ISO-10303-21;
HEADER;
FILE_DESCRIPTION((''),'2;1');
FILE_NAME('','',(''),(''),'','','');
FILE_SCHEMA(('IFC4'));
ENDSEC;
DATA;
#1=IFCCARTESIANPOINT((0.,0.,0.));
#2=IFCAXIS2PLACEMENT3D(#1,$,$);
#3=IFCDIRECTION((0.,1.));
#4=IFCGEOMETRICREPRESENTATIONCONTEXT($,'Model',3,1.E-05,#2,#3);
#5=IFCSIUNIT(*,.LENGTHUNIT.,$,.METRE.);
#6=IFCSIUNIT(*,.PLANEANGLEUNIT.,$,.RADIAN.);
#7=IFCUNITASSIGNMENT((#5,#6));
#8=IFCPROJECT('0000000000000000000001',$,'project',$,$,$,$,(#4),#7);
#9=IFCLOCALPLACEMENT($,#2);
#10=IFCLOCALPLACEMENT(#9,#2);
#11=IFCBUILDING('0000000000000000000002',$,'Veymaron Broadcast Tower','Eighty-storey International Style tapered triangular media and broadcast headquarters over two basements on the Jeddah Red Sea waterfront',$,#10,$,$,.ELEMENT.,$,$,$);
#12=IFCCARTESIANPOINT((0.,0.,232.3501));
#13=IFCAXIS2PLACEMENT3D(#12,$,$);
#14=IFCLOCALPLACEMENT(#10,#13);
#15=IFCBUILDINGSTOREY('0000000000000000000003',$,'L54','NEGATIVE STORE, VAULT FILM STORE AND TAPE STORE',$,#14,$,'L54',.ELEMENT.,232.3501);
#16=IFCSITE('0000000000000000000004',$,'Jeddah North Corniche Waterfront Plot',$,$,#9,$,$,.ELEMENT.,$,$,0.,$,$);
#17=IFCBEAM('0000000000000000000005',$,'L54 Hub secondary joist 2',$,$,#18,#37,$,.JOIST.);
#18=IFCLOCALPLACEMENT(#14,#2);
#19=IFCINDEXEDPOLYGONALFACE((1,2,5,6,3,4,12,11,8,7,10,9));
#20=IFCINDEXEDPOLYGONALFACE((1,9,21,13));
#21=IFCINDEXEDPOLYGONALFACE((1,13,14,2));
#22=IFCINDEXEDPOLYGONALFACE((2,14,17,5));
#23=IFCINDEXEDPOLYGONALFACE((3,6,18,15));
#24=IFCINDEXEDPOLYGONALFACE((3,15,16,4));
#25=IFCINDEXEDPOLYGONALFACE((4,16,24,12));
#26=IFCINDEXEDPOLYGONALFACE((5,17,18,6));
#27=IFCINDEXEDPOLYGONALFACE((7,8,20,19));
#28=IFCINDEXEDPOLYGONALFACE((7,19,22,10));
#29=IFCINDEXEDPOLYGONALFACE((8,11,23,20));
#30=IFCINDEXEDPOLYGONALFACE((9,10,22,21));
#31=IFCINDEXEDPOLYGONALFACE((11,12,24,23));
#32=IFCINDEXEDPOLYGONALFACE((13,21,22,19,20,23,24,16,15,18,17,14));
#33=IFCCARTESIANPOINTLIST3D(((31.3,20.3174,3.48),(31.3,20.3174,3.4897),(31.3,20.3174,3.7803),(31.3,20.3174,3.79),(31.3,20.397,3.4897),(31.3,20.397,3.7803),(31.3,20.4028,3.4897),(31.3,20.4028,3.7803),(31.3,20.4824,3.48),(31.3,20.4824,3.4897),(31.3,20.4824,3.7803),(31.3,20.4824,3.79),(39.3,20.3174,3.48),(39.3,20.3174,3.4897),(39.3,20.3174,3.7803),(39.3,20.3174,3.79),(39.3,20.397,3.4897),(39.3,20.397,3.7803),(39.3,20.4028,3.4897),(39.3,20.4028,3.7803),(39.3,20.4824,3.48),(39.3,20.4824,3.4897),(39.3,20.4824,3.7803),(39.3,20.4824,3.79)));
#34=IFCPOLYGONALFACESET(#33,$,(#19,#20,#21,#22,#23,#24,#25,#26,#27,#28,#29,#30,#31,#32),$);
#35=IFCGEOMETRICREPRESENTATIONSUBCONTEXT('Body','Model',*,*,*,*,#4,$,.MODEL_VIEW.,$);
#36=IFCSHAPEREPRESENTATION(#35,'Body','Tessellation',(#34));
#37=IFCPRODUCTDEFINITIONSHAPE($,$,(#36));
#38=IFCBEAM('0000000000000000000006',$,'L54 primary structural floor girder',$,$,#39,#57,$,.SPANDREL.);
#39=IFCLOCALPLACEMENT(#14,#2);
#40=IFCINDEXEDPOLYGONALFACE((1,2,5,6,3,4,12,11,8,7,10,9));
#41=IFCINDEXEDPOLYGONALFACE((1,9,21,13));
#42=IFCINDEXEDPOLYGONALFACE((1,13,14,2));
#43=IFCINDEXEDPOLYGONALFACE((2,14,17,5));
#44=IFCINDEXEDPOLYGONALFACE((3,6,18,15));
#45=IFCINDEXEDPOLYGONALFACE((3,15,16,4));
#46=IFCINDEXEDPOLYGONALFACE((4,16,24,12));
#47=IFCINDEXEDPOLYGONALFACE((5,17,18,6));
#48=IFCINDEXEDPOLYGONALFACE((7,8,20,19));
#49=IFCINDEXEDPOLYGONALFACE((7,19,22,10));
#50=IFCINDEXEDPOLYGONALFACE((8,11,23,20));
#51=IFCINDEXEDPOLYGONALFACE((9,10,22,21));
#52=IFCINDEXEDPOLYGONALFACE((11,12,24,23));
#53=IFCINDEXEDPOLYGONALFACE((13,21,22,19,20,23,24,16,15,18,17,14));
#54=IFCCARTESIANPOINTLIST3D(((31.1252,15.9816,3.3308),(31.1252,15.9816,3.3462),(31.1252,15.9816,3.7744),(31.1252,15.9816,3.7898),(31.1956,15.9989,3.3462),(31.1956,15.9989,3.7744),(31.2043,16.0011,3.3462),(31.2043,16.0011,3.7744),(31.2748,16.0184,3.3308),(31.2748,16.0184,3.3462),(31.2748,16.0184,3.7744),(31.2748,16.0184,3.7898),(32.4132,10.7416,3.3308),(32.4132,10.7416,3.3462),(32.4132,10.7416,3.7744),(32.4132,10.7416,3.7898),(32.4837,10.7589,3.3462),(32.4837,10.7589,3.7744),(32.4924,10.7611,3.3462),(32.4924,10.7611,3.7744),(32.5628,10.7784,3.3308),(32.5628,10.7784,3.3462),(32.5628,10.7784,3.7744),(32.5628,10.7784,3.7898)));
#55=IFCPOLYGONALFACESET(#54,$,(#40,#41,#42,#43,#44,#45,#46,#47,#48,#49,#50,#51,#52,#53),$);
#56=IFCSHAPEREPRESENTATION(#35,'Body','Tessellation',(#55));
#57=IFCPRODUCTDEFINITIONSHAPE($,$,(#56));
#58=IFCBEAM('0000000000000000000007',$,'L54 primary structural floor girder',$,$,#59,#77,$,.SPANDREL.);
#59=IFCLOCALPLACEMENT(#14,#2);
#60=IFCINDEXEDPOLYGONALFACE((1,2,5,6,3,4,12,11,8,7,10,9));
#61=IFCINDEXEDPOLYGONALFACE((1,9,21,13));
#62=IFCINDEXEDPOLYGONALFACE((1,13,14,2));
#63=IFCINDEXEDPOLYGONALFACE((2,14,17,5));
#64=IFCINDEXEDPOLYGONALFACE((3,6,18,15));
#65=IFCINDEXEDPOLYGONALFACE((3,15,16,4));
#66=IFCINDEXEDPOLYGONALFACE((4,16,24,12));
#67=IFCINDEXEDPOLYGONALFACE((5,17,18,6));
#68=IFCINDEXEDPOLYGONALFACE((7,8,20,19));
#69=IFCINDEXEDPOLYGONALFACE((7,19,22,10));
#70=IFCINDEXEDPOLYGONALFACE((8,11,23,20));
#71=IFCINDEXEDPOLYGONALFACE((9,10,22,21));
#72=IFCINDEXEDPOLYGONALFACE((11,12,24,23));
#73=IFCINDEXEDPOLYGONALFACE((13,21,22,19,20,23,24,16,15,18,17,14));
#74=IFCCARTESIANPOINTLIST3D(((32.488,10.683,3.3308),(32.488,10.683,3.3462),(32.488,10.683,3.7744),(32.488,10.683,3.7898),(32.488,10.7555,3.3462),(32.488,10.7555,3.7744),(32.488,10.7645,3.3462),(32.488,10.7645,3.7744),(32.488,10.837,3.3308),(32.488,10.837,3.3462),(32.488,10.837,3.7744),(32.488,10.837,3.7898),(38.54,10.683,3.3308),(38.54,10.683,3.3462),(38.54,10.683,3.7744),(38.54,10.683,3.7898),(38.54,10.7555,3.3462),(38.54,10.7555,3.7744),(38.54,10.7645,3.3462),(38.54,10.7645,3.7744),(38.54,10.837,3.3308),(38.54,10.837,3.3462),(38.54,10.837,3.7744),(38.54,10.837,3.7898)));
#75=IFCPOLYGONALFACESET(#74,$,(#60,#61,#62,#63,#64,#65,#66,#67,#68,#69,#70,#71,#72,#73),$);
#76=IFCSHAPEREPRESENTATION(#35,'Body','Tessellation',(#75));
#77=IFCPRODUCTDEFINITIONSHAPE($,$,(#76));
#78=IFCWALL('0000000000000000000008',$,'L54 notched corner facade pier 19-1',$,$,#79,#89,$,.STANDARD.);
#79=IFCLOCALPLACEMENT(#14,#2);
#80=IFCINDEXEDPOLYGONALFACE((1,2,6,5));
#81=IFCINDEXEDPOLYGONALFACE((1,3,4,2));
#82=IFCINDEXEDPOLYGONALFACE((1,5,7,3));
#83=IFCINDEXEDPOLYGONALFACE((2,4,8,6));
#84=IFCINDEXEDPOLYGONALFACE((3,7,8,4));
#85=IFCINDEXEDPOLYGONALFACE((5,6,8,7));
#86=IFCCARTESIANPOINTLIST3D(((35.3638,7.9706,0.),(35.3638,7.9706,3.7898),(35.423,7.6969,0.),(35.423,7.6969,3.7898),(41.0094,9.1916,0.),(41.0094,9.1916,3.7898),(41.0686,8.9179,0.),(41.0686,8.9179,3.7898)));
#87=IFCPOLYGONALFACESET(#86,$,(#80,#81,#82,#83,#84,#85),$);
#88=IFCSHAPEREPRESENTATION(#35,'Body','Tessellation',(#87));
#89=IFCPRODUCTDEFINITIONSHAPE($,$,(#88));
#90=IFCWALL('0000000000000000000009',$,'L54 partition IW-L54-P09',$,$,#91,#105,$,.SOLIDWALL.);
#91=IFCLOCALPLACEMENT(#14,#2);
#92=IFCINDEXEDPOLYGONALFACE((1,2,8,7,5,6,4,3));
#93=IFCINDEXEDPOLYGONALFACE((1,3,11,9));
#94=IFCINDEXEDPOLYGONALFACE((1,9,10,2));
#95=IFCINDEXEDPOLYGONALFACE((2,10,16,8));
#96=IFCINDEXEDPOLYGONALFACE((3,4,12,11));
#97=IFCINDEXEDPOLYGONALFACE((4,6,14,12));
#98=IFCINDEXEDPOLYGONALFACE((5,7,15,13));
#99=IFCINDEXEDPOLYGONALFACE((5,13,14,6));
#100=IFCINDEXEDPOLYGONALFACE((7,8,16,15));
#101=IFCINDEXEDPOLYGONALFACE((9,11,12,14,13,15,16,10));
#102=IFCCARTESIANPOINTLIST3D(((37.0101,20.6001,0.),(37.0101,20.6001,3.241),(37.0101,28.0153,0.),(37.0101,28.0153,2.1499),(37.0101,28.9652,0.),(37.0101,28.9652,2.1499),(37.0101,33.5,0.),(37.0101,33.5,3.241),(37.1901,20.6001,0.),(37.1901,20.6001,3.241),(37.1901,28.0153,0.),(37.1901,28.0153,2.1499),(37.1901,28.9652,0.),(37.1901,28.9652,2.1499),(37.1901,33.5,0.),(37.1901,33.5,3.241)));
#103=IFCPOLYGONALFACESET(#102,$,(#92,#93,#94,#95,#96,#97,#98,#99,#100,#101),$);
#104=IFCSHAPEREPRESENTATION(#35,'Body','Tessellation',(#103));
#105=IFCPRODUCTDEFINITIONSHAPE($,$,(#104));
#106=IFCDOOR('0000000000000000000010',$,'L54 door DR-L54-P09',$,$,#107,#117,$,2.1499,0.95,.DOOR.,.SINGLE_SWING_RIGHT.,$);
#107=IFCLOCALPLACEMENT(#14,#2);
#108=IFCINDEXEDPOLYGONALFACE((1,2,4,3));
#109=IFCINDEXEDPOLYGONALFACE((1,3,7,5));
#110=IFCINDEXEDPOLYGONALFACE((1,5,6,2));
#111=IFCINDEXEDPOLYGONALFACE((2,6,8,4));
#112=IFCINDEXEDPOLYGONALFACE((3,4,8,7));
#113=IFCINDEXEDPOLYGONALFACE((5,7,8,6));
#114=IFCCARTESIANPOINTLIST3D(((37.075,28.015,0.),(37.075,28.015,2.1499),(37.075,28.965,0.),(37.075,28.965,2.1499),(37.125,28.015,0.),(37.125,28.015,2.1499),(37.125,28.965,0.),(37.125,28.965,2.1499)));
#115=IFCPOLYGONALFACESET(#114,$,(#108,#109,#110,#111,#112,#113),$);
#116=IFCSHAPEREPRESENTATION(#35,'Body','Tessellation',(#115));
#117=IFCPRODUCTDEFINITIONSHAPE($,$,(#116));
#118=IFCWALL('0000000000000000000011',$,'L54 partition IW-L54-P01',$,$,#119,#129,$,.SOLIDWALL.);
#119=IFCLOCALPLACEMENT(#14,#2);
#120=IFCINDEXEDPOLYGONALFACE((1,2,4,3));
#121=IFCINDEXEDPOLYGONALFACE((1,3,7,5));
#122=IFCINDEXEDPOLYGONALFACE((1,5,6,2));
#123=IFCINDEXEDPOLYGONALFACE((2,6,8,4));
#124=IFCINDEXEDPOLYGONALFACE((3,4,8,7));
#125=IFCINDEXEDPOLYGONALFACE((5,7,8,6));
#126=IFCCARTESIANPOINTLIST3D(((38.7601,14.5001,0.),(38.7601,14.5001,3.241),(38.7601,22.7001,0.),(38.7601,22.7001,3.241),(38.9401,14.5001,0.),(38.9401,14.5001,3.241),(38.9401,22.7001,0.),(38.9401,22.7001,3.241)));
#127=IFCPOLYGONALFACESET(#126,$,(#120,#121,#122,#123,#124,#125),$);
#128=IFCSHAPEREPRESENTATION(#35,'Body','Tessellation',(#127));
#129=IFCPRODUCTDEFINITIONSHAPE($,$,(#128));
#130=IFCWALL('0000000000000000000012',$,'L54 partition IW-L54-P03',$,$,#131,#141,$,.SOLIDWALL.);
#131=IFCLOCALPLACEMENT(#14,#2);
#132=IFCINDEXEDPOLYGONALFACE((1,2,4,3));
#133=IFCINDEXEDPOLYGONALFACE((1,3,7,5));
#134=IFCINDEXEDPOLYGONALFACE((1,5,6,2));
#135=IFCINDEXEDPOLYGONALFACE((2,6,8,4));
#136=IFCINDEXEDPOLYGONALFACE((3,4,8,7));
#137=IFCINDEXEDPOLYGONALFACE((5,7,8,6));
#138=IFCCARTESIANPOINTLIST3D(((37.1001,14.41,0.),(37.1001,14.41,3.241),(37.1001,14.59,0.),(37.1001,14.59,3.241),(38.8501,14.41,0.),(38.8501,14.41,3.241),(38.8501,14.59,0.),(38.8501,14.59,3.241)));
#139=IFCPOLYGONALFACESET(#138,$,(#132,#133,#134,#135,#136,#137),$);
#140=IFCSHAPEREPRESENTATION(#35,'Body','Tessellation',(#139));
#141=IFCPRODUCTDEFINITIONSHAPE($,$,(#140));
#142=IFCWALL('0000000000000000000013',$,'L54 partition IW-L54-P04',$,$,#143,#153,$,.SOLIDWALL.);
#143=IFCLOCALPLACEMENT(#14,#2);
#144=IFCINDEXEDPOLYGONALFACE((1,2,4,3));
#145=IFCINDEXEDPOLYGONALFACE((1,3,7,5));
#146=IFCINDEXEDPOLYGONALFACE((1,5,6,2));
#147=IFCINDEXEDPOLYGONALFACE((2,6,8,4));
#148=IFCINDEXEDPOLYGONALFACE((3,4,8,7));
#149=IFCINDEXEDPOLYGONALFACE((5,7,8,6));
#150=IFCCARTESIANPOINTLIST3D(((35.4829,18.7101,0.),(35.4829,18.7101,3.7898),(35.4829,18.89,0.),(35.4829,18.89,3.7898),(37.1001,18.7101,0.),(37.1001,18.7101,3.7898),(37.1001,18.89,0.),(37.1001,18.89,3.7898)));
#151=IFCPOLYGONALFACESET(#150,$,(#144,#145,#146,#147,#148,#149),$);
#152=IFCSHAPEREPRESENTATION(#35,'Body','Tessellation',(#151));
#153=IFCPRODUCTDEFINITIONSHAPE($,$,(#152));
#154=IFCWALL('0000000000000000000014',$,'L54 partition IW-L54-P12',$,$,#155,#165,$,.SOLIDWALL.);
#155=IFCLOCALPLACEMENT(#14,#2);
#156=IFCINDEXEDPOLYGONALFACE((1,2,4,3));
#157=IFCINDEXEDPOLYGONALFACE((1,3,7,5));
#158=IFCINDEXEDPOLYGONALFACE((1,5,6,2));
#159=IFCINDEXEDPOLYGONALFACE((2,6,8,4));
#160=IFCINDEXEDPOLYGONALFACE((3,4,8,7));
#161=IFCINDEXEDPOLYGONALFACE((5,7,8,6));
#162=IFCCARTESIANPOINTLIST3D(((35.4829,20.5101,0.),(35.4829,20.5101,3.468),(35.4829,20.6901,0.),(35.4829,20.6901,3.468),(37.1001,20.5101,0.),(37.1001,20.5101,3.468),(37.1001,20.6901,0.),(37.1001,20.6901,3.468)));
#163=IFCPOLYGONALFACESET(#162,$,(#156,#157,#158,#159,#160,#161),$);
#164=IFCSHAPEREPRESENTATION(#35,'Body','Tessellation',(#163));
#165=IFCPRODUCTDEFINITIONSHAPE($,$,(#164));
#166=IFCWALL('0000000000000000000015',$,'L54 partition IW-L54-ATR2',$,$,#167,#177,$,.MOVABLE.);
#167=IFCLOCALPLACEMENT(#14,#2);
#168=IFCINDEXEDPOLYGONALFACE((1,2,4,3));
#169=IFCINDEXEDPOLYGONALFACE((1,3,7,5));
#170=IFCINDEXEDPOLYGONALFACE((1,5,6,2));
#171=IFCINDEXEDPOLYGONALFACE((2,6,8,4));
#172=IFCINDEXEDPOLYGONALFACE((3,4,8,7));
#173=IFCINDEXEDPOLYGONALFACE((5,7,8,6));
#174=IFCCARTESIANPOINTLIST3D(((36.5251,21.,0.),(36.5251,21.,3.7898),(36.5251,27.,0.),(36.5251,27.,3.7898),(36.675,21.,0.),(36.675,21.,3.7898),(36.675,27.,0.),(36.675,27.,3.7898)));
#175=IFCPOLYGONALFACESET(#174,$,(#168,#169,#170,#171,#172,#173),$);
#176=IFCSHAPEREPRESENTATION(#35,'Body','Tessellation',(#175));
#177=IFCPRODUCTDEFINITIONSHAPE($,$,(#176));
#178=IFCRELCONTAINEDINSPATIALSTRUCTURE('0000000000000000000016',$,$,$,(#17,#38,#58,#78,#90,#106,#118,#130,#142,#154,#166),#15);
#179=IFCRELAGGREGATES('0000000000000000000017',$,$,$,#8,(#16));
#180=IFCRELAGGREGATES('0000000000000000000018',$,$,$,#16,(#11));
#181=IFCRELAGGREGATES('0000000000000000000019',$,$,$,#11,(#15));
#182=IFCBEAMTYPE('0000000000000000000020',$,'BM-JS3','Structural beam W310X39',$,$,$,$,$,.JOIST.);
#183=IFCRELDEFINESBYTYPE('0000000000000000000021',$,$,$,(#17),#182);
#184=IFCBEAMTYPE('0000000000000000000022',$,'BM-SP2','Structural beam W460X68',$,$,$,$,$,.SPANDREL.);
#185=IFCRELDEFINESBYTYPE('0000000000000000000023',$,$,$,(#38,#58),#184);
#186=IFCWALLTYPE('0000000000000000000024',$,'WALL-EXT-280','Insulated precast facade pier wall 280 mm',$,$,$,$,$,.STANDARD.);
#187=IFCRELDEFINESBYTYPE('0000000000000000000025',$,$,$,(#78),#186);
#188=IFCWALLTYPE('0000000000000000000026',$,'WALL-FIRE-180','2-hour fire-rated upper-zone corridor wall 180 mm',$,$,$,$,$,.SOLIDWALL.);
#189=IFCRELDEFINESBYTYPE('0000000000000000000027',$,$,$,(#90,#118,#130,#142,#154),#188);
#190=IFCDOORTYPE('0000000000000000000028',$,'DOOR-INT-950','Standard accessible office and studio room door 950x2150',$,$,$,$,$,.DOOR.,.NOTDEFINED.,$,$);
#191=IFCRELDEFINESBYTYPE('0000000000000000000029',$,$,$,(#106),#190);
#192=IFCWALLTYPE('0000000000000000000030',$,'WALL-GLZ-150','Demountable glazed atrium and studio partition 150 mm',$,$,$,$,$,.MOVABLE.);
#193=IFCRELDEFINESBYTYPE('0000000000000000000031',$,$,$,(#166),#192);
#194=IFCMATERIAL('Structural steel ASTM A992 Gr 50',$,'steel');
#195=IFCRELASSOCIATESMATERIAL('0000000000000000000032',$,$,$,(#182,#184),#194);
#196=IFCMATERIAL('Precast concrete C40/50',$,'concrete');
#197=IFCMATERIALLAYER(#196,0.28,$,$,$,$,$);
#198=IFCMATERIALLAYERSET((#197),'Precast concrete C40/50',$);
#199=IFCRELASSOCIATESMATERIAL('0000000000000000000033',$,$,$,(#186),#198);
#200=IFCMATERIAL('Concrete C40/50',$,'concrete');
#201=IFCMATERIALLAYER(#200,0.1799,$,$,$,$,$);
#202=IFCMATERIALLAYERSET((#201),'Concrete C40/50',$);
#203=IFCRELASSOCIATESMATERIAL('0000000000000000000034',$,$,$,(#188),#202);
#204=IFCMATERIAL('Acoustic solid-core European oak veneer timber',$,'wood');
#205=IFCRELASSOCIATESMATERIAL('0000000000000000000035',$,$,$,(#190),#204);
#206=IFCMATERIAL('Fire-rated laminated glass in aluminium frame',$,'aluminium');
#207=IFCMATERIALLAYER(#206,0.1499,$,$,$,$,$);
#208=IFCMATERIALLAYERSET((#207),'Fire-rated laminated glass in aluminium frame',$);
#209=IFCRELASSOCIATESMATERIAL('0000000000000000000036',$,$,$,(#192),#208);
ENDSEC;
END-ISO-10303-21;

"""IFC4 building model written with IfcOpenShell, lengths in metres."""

from ifc_helpers import new_model, si_unit, direction, frame, frame_2d, origin, origin_2d, place, context, subcontext, project, spatial, rectangle, i_section, extrude, material, layer, layer_set, material_profile, profile_set, type_object, element, fill, save


model = new_model("IFC4")

# Units and contexts
model_context = context("Model", 3, precision=1e-05, world=origin(), true_north=direction((0.0, 1.0)))
body_context = subcontext(model_context, "Body", "Model", "MODEL_VIEW")
ifc_project = project(units=[si_unit("LENGTHUNIT", "METRE"), si_unit("PLANEANGLEUNIT", "RADIAN")], contexts=[model_context])

# Site, building, storey
site_placement = place(None, origin())
site = spatial("IfcSite", under=ifc_project, at=site_placement, Name="Jeddah North Corniche Waterfront Plot", CompositionType="ELEMENT", RefElevation=0.0)
building_placement = place(site_placement, origin())
building = spatial("IfcBuilding", under=site, at=building_placement, Name="Veymaron Broadcast Tower", Description="Eighty-storey International Style tapered triangular media and broadcast headquarters over two basements on the Jeddah Red Sea waterfront", CompositionType="ELEMENT")
storey_placement = place(building_placement, frame((0.0, 0.0, 232.3501)))
storey = spatial("IfcBuildingStorey", under=building, at=storey_placement, Name="L54", Description="NEGATIVE STORE, VAULT FILM STORE AND TAPE STORE", LongName="L54", CompositionType="ELEMENT", Elevation=232.3501)

# Shared definitions
ifc_material_1 = material(Name="Structural steel ASTM A992 Gr 50", Category="steel")

# Beams
ifc_material_profile_1 = material_profile(ifc_material_1, i_section(OverallWidth=0.165, OverallDepth=0.3101, WebThickness=0.0059, FlangeThickness=0.0098, at=origin_2d()), Name="W310X39")
ifc_profile_set_1 = profile_set([ifc_material_profile_1], Name="Structural steel ASTM A992 Gr 50")
beam_type_1 = type_object("IfcBeamType", Name="BM-JS3", Description="Structural beam W310X39", PredefinedType="JOIST", material=ifc_profile_set_1)
for number, where, z_axis, x_axis, name in (
    (1, (31.3, 20.3999, 3.635), (1.0, 0.0, 0.0), (0.0, 1.0, 0.0), "L54 Hub secondary joist 2"),
):
    element("IfcBeam", number, at=place(storey_placement, frame(where, z_axis=z_axis, x_axis=x_axis)), inside=storey, type_object=beam_type_1, Name=name, PredefinedType="JOIST", context=body_context, shape_type="SweptSolid", body=[
        extrude(i_section(OverallWidth=0.165, OverallDepth=0.3101, WebThickness=0.0059, FlangeThickness=0.0098, at=origin_2d()), origin(), (0.0, 0.0, 1.0), 8.0),
    ])
ifc_material_profile_2 = material_profile(ifc_material_1, i_section(OverallWidth=0.1541, OverallDepth=0.459, WebThickness=0.009, FlangeThickness=0.0154, at=origin_2d()), Name="W460X68")
ifc_profile_set_2 = profile_set([ifc_material_profile_2], Name="Structural steel ASTM A992 Gr 50")
beam_type_2 = type_object("IfcBeamType", Name="BM-SP2", Description="Structural beam W460X68", PredefinedType="SPANDREL", material=ifc_profile_set_2)
beam_1_placement = place(storey_placement, frame((31.2, 16.0, 3.5603), z_axis=(0.238712, -0.97109, 0.0), x_axis=(0.97109, 0.238712, 0.0)))
element("IfcBeam", 2, at=beam_1_placement, inside=storey, type_object=beam_type_2, Name="L54 primary structural floor girder", PredefinedType="SPANDREL", context=body_context, shape_type="SweptSolid", body=[
    extrude(i_section(OverallWidth=0.1541, OverallDepth=0.459, WebThickness=0.009, FlangeThickness=0.0154, at=origin_2d()), origin(), (0.0, 0.0, 1.0), 5.396),
])
beam_2_placement = place(storey_placement, frame((32.488, 10.76, 3.5603), z_axis=(1.0, 0.0, 0.0), x_axis=(0.0, 1.0, 0.0)))
element("IfcBeam", 3, at=beam_2_placement, inside=storey, type_object=beam_type_2, Name="L54 primary structural floor girder", PredefinedType="SPANDREL", context=body_context, shape_type="SweptSolid", body=[
    extrude(i_section(OverallWidth=0.1541, OverallDepth=0.459, WebThickness=0.009, FlangeThickness=0.0154, at=origin_2d()), origin(), (0.0, 0.0, 1.0), 6.052),
])

# Wall
ifc_material_2 = material(Name="Precast concrete C40/50", Category="concrete")
ifc_layer_1 = layer(ifc_material_2, 0.28)
ifc_layer_set_1 = layer_set([ifc_layer_1], Name="Precast concrete C40/50")
wall_type_1 = type_object("IfcWallType", Name="WALL-EXT-280", Description="Insulated precast facade pier wall 280 mm", PredefinedType="STANDARD", material=ifc_layer_set_1)
wall_1_placement = place(storey_placement, frame((35.3933, 7.8337, 0.0), z_axis=(0.0, 0.0, 1.0), x_axis=(0.977404, 0.211382, 0.0)))
element("IfcWall", 4, at=wall_1_placement, inside=storey, type_object=wall_type_1, Name="L54 notched corner facade pier 19-1", PredefinedType="STANDARD", context=body_context, shape_type="SweptSolid", body=[
    extrude(rectangle(XDim=5.7761, YDim=0.28, at=frame_2d((2.8882, 0.0))), origin(), (0.0, 0.0, 1.0), 3.7898),
])

# Wall, opening, door
ifc_material_3 = material(Name="Concrete C40/50", Category="concrete")
ifc_layer_2 = layer(ifc_material_3, 0.1799)
ifc_layer_set_2 = layer_set([ifc_layer_2], Name="Concrete C40/50")
wall_type_2 = type_object("IfcWallType", Name="WALL-FIRE-180", Description="2-hour fire-rated upper-zone corridor wall 180 mm", PredefinedType="SOLIDWALL", material=ifc_layer_set_2)
ifc_material_4 = material(Name="Acoustic solid-core European oak veneer timber", Category="wood")
door_type = type_object("IfcDoorType", Name="DOOR-INT-950", Description="Standard accessible office and studio room door 950x2150", OperationType="NOTDEFINED", PredefinedType="DOOR", material=ifc_material_4)
wall_2_placement = place(storey_placement, frame((37.1001, 20.6001, 0.0), z_axis=(0.0, 0.0, 1.0), x_axis=(0.0, 1.0, 0.0)))
wall_2 = element("IfcWall", 5, at=wall_2_placement, inside=storey, type_object=wall_type_2, Name="L54 partition IW-L54-P09", PredefinedType="SOLIDWALL", context=body_context, shape_type="SweptSolid", body=[
    extrude(rectangle(XDim=12.8999, YDim=0.1799, at=frame_2d((6.45, 0.0))), origin(), (0.0, 0.0, 1.0), 3.241),
])
opening_1_placement = place(wall_2_placement, frame((7.415, 0.0, 0.0)))
opening_1 = element("IfcOpeningElement", 6, at=opening_1_placement, cuts=wall_2, PredefinedType="OPENING", context=body_context, shape_type="SweptSolid", body=[
    extrude(rectangle(XDim=0.95, YDim=2.1499, at=frame_2d((0.4751, 1.075))), frame((0.0, 0.1001, 0.0), z_axis=(0.0, -1.0, 0.0), x_axis=(1.0, 0.0, 0.0)), (0.0, 0.0, 1.0), 0.2),
])
door_1_placement = place(opening_1_placement, frame((0.95, 0.0, 0.0), z_axis=(0.0, 0.0, 1.0), x_axis=(-1.0, 0.0, 0.0)))
door_1 = element("IfcDoor", 7, at=door_1_placement, inside=storey, type_object=door_type, Name="L54 door DR-L54-P09", OperationType="SINGLE_SWING_RIGHT", OverallHeight=2.1499, OverallWidth=0.95, PredefinedType="DOOR", context=body_context, shape_type="SweptSolid", body=[
    extrude(rectangle(XDim=0.95, YDim=2.1499, at=frame_2d((0.4751, 1.075))), frame((0.0, 0.0249, 0.0), z_axis=(0.0, -1.0, 0.0), x_axis=(1.0, 0.0, 0.0)), (0.0, 0.0, 1.0), 0.05),
])
fill(opening_1, door_1)

# Walls
wall_3_placement = place(storey_placement, frame((38.8501, 14.5, 0.0), z_axis=(0.0, 0.0, 1.0), x_axis=(0.0, 1.0, 0.0)))
element("IfcWall", 8, at=wall_3_placement, inside=storey, type_object=wall_type_2, Name="L54 partition IW-L54-P01", PredefinedType="SOLIDWALL", context=body_context, shape_type="SweptSolid", body=[
    extrude(rectangle(XDim=8.2, YDim=0.1799, at=frame_2d((4.1001, 0.0))), origin(), (0.0, 0.0, 1.0), 3.241),
])
wall_4_placement = place(storey_placement, frame((37.1001, 14.5, 0.0), z_axis=(0.0, 0.0, 1.0), x_axis=(1.0, 0.0, 0.0)))
element("IfcWall", 9, at=wall_4_placement, inside=storey, type_object=wall_type_2, Name="L54 partition IW-L54-P03", PredefinedType="SOLIDWALL", context=body_context, shape_type="SweptSolid", body=[
    extrude(rectangle(XDim=1.75, YDim=0.1799, at=frame_2d((0.875, 0.0))), origin(), (0.0, 0.0, 1.0), 3.241),
])
wall_5_placement = place(storey_placement, frame((35.4829, 18.8, 0.0), z_axis=(0.0, 0.0, 1.0), x_axis=(1.0, 0.0, 0.0)))
element("IfcWall", 10, at=wall_5_placement, inside=storey, type_object=wall_type_2, Name="L54 partition IW-L54-P04", PredefinedType="SOLIDWALL", context=body_context, shape_type="SweptSolid", body=[
    extrude(rectangle(XDim=1.6172, YDim=0.1799, at=frame_2d((0.8086, 0.0))), origin(), (0.0, 0.0, 1.0), 3.7898),
])
wall_6_placement = place(storey_placement, frame((35.4829, 20.6001, 0.0), z_axis=(0.0, 0.0, 1.0), x_axis=(1.0, 0.0, 0.0)))
element("IfcWall", 11, at=wall_6_placement, inside=storey, type_object=wall_type_2, Name="L54 partition IW-L54-P12", PredefinedType="SOLIDWALL", context=body_context, shape_type="SweptSolid", body=[
    extrude(rectangle(XDim=1.6172, YDim=0.1799, at=frame_2d((0.8086, 0.0))), origin(), (0.0, 0.0, 1.0), 3.468),
])
ifc_material_5 = material(Name="Fire-rated laminated glass in aluminium frame", Category="aluminium")
ifc_layer_3 = layer(ifc_material_5, 0.1499)
ifc_layer_set_3 = layer_set([ifc_layer_3], Name="Fire-rated laminated glass in aluminium frame")
wall_type_3 = type_object("IfcWallType", Name="WALL-GLZ-150", Description="Demountable glazed atrium and studio partition 150 mm", PredefinedType="MOVABLE", material=ifc_layer_set_3)
wall_7_placement = place(storey_placement, frame((36.6001, 21.0, 0.0), z_axis=(0.0, 0.0, 1.0), x_axis=(0.0, 1.0, 0.0)))
element("IfcWall", 12, at=wall_7_placement, inside=storey, type_object=wall_type_3, Name="L54 partition IW-L54-ATR2", PredefinedType="MOVABLE", context=body_context, shape_type="SweptSolid", body=[
    extrude(rectangle(XDim=6.0, YDim=0.1499, at=frame_2d((3.0, 0.0))), origin(), (0.0, 0.0, 1.0), 3.7898),
])

save(model, "model.ifc")
